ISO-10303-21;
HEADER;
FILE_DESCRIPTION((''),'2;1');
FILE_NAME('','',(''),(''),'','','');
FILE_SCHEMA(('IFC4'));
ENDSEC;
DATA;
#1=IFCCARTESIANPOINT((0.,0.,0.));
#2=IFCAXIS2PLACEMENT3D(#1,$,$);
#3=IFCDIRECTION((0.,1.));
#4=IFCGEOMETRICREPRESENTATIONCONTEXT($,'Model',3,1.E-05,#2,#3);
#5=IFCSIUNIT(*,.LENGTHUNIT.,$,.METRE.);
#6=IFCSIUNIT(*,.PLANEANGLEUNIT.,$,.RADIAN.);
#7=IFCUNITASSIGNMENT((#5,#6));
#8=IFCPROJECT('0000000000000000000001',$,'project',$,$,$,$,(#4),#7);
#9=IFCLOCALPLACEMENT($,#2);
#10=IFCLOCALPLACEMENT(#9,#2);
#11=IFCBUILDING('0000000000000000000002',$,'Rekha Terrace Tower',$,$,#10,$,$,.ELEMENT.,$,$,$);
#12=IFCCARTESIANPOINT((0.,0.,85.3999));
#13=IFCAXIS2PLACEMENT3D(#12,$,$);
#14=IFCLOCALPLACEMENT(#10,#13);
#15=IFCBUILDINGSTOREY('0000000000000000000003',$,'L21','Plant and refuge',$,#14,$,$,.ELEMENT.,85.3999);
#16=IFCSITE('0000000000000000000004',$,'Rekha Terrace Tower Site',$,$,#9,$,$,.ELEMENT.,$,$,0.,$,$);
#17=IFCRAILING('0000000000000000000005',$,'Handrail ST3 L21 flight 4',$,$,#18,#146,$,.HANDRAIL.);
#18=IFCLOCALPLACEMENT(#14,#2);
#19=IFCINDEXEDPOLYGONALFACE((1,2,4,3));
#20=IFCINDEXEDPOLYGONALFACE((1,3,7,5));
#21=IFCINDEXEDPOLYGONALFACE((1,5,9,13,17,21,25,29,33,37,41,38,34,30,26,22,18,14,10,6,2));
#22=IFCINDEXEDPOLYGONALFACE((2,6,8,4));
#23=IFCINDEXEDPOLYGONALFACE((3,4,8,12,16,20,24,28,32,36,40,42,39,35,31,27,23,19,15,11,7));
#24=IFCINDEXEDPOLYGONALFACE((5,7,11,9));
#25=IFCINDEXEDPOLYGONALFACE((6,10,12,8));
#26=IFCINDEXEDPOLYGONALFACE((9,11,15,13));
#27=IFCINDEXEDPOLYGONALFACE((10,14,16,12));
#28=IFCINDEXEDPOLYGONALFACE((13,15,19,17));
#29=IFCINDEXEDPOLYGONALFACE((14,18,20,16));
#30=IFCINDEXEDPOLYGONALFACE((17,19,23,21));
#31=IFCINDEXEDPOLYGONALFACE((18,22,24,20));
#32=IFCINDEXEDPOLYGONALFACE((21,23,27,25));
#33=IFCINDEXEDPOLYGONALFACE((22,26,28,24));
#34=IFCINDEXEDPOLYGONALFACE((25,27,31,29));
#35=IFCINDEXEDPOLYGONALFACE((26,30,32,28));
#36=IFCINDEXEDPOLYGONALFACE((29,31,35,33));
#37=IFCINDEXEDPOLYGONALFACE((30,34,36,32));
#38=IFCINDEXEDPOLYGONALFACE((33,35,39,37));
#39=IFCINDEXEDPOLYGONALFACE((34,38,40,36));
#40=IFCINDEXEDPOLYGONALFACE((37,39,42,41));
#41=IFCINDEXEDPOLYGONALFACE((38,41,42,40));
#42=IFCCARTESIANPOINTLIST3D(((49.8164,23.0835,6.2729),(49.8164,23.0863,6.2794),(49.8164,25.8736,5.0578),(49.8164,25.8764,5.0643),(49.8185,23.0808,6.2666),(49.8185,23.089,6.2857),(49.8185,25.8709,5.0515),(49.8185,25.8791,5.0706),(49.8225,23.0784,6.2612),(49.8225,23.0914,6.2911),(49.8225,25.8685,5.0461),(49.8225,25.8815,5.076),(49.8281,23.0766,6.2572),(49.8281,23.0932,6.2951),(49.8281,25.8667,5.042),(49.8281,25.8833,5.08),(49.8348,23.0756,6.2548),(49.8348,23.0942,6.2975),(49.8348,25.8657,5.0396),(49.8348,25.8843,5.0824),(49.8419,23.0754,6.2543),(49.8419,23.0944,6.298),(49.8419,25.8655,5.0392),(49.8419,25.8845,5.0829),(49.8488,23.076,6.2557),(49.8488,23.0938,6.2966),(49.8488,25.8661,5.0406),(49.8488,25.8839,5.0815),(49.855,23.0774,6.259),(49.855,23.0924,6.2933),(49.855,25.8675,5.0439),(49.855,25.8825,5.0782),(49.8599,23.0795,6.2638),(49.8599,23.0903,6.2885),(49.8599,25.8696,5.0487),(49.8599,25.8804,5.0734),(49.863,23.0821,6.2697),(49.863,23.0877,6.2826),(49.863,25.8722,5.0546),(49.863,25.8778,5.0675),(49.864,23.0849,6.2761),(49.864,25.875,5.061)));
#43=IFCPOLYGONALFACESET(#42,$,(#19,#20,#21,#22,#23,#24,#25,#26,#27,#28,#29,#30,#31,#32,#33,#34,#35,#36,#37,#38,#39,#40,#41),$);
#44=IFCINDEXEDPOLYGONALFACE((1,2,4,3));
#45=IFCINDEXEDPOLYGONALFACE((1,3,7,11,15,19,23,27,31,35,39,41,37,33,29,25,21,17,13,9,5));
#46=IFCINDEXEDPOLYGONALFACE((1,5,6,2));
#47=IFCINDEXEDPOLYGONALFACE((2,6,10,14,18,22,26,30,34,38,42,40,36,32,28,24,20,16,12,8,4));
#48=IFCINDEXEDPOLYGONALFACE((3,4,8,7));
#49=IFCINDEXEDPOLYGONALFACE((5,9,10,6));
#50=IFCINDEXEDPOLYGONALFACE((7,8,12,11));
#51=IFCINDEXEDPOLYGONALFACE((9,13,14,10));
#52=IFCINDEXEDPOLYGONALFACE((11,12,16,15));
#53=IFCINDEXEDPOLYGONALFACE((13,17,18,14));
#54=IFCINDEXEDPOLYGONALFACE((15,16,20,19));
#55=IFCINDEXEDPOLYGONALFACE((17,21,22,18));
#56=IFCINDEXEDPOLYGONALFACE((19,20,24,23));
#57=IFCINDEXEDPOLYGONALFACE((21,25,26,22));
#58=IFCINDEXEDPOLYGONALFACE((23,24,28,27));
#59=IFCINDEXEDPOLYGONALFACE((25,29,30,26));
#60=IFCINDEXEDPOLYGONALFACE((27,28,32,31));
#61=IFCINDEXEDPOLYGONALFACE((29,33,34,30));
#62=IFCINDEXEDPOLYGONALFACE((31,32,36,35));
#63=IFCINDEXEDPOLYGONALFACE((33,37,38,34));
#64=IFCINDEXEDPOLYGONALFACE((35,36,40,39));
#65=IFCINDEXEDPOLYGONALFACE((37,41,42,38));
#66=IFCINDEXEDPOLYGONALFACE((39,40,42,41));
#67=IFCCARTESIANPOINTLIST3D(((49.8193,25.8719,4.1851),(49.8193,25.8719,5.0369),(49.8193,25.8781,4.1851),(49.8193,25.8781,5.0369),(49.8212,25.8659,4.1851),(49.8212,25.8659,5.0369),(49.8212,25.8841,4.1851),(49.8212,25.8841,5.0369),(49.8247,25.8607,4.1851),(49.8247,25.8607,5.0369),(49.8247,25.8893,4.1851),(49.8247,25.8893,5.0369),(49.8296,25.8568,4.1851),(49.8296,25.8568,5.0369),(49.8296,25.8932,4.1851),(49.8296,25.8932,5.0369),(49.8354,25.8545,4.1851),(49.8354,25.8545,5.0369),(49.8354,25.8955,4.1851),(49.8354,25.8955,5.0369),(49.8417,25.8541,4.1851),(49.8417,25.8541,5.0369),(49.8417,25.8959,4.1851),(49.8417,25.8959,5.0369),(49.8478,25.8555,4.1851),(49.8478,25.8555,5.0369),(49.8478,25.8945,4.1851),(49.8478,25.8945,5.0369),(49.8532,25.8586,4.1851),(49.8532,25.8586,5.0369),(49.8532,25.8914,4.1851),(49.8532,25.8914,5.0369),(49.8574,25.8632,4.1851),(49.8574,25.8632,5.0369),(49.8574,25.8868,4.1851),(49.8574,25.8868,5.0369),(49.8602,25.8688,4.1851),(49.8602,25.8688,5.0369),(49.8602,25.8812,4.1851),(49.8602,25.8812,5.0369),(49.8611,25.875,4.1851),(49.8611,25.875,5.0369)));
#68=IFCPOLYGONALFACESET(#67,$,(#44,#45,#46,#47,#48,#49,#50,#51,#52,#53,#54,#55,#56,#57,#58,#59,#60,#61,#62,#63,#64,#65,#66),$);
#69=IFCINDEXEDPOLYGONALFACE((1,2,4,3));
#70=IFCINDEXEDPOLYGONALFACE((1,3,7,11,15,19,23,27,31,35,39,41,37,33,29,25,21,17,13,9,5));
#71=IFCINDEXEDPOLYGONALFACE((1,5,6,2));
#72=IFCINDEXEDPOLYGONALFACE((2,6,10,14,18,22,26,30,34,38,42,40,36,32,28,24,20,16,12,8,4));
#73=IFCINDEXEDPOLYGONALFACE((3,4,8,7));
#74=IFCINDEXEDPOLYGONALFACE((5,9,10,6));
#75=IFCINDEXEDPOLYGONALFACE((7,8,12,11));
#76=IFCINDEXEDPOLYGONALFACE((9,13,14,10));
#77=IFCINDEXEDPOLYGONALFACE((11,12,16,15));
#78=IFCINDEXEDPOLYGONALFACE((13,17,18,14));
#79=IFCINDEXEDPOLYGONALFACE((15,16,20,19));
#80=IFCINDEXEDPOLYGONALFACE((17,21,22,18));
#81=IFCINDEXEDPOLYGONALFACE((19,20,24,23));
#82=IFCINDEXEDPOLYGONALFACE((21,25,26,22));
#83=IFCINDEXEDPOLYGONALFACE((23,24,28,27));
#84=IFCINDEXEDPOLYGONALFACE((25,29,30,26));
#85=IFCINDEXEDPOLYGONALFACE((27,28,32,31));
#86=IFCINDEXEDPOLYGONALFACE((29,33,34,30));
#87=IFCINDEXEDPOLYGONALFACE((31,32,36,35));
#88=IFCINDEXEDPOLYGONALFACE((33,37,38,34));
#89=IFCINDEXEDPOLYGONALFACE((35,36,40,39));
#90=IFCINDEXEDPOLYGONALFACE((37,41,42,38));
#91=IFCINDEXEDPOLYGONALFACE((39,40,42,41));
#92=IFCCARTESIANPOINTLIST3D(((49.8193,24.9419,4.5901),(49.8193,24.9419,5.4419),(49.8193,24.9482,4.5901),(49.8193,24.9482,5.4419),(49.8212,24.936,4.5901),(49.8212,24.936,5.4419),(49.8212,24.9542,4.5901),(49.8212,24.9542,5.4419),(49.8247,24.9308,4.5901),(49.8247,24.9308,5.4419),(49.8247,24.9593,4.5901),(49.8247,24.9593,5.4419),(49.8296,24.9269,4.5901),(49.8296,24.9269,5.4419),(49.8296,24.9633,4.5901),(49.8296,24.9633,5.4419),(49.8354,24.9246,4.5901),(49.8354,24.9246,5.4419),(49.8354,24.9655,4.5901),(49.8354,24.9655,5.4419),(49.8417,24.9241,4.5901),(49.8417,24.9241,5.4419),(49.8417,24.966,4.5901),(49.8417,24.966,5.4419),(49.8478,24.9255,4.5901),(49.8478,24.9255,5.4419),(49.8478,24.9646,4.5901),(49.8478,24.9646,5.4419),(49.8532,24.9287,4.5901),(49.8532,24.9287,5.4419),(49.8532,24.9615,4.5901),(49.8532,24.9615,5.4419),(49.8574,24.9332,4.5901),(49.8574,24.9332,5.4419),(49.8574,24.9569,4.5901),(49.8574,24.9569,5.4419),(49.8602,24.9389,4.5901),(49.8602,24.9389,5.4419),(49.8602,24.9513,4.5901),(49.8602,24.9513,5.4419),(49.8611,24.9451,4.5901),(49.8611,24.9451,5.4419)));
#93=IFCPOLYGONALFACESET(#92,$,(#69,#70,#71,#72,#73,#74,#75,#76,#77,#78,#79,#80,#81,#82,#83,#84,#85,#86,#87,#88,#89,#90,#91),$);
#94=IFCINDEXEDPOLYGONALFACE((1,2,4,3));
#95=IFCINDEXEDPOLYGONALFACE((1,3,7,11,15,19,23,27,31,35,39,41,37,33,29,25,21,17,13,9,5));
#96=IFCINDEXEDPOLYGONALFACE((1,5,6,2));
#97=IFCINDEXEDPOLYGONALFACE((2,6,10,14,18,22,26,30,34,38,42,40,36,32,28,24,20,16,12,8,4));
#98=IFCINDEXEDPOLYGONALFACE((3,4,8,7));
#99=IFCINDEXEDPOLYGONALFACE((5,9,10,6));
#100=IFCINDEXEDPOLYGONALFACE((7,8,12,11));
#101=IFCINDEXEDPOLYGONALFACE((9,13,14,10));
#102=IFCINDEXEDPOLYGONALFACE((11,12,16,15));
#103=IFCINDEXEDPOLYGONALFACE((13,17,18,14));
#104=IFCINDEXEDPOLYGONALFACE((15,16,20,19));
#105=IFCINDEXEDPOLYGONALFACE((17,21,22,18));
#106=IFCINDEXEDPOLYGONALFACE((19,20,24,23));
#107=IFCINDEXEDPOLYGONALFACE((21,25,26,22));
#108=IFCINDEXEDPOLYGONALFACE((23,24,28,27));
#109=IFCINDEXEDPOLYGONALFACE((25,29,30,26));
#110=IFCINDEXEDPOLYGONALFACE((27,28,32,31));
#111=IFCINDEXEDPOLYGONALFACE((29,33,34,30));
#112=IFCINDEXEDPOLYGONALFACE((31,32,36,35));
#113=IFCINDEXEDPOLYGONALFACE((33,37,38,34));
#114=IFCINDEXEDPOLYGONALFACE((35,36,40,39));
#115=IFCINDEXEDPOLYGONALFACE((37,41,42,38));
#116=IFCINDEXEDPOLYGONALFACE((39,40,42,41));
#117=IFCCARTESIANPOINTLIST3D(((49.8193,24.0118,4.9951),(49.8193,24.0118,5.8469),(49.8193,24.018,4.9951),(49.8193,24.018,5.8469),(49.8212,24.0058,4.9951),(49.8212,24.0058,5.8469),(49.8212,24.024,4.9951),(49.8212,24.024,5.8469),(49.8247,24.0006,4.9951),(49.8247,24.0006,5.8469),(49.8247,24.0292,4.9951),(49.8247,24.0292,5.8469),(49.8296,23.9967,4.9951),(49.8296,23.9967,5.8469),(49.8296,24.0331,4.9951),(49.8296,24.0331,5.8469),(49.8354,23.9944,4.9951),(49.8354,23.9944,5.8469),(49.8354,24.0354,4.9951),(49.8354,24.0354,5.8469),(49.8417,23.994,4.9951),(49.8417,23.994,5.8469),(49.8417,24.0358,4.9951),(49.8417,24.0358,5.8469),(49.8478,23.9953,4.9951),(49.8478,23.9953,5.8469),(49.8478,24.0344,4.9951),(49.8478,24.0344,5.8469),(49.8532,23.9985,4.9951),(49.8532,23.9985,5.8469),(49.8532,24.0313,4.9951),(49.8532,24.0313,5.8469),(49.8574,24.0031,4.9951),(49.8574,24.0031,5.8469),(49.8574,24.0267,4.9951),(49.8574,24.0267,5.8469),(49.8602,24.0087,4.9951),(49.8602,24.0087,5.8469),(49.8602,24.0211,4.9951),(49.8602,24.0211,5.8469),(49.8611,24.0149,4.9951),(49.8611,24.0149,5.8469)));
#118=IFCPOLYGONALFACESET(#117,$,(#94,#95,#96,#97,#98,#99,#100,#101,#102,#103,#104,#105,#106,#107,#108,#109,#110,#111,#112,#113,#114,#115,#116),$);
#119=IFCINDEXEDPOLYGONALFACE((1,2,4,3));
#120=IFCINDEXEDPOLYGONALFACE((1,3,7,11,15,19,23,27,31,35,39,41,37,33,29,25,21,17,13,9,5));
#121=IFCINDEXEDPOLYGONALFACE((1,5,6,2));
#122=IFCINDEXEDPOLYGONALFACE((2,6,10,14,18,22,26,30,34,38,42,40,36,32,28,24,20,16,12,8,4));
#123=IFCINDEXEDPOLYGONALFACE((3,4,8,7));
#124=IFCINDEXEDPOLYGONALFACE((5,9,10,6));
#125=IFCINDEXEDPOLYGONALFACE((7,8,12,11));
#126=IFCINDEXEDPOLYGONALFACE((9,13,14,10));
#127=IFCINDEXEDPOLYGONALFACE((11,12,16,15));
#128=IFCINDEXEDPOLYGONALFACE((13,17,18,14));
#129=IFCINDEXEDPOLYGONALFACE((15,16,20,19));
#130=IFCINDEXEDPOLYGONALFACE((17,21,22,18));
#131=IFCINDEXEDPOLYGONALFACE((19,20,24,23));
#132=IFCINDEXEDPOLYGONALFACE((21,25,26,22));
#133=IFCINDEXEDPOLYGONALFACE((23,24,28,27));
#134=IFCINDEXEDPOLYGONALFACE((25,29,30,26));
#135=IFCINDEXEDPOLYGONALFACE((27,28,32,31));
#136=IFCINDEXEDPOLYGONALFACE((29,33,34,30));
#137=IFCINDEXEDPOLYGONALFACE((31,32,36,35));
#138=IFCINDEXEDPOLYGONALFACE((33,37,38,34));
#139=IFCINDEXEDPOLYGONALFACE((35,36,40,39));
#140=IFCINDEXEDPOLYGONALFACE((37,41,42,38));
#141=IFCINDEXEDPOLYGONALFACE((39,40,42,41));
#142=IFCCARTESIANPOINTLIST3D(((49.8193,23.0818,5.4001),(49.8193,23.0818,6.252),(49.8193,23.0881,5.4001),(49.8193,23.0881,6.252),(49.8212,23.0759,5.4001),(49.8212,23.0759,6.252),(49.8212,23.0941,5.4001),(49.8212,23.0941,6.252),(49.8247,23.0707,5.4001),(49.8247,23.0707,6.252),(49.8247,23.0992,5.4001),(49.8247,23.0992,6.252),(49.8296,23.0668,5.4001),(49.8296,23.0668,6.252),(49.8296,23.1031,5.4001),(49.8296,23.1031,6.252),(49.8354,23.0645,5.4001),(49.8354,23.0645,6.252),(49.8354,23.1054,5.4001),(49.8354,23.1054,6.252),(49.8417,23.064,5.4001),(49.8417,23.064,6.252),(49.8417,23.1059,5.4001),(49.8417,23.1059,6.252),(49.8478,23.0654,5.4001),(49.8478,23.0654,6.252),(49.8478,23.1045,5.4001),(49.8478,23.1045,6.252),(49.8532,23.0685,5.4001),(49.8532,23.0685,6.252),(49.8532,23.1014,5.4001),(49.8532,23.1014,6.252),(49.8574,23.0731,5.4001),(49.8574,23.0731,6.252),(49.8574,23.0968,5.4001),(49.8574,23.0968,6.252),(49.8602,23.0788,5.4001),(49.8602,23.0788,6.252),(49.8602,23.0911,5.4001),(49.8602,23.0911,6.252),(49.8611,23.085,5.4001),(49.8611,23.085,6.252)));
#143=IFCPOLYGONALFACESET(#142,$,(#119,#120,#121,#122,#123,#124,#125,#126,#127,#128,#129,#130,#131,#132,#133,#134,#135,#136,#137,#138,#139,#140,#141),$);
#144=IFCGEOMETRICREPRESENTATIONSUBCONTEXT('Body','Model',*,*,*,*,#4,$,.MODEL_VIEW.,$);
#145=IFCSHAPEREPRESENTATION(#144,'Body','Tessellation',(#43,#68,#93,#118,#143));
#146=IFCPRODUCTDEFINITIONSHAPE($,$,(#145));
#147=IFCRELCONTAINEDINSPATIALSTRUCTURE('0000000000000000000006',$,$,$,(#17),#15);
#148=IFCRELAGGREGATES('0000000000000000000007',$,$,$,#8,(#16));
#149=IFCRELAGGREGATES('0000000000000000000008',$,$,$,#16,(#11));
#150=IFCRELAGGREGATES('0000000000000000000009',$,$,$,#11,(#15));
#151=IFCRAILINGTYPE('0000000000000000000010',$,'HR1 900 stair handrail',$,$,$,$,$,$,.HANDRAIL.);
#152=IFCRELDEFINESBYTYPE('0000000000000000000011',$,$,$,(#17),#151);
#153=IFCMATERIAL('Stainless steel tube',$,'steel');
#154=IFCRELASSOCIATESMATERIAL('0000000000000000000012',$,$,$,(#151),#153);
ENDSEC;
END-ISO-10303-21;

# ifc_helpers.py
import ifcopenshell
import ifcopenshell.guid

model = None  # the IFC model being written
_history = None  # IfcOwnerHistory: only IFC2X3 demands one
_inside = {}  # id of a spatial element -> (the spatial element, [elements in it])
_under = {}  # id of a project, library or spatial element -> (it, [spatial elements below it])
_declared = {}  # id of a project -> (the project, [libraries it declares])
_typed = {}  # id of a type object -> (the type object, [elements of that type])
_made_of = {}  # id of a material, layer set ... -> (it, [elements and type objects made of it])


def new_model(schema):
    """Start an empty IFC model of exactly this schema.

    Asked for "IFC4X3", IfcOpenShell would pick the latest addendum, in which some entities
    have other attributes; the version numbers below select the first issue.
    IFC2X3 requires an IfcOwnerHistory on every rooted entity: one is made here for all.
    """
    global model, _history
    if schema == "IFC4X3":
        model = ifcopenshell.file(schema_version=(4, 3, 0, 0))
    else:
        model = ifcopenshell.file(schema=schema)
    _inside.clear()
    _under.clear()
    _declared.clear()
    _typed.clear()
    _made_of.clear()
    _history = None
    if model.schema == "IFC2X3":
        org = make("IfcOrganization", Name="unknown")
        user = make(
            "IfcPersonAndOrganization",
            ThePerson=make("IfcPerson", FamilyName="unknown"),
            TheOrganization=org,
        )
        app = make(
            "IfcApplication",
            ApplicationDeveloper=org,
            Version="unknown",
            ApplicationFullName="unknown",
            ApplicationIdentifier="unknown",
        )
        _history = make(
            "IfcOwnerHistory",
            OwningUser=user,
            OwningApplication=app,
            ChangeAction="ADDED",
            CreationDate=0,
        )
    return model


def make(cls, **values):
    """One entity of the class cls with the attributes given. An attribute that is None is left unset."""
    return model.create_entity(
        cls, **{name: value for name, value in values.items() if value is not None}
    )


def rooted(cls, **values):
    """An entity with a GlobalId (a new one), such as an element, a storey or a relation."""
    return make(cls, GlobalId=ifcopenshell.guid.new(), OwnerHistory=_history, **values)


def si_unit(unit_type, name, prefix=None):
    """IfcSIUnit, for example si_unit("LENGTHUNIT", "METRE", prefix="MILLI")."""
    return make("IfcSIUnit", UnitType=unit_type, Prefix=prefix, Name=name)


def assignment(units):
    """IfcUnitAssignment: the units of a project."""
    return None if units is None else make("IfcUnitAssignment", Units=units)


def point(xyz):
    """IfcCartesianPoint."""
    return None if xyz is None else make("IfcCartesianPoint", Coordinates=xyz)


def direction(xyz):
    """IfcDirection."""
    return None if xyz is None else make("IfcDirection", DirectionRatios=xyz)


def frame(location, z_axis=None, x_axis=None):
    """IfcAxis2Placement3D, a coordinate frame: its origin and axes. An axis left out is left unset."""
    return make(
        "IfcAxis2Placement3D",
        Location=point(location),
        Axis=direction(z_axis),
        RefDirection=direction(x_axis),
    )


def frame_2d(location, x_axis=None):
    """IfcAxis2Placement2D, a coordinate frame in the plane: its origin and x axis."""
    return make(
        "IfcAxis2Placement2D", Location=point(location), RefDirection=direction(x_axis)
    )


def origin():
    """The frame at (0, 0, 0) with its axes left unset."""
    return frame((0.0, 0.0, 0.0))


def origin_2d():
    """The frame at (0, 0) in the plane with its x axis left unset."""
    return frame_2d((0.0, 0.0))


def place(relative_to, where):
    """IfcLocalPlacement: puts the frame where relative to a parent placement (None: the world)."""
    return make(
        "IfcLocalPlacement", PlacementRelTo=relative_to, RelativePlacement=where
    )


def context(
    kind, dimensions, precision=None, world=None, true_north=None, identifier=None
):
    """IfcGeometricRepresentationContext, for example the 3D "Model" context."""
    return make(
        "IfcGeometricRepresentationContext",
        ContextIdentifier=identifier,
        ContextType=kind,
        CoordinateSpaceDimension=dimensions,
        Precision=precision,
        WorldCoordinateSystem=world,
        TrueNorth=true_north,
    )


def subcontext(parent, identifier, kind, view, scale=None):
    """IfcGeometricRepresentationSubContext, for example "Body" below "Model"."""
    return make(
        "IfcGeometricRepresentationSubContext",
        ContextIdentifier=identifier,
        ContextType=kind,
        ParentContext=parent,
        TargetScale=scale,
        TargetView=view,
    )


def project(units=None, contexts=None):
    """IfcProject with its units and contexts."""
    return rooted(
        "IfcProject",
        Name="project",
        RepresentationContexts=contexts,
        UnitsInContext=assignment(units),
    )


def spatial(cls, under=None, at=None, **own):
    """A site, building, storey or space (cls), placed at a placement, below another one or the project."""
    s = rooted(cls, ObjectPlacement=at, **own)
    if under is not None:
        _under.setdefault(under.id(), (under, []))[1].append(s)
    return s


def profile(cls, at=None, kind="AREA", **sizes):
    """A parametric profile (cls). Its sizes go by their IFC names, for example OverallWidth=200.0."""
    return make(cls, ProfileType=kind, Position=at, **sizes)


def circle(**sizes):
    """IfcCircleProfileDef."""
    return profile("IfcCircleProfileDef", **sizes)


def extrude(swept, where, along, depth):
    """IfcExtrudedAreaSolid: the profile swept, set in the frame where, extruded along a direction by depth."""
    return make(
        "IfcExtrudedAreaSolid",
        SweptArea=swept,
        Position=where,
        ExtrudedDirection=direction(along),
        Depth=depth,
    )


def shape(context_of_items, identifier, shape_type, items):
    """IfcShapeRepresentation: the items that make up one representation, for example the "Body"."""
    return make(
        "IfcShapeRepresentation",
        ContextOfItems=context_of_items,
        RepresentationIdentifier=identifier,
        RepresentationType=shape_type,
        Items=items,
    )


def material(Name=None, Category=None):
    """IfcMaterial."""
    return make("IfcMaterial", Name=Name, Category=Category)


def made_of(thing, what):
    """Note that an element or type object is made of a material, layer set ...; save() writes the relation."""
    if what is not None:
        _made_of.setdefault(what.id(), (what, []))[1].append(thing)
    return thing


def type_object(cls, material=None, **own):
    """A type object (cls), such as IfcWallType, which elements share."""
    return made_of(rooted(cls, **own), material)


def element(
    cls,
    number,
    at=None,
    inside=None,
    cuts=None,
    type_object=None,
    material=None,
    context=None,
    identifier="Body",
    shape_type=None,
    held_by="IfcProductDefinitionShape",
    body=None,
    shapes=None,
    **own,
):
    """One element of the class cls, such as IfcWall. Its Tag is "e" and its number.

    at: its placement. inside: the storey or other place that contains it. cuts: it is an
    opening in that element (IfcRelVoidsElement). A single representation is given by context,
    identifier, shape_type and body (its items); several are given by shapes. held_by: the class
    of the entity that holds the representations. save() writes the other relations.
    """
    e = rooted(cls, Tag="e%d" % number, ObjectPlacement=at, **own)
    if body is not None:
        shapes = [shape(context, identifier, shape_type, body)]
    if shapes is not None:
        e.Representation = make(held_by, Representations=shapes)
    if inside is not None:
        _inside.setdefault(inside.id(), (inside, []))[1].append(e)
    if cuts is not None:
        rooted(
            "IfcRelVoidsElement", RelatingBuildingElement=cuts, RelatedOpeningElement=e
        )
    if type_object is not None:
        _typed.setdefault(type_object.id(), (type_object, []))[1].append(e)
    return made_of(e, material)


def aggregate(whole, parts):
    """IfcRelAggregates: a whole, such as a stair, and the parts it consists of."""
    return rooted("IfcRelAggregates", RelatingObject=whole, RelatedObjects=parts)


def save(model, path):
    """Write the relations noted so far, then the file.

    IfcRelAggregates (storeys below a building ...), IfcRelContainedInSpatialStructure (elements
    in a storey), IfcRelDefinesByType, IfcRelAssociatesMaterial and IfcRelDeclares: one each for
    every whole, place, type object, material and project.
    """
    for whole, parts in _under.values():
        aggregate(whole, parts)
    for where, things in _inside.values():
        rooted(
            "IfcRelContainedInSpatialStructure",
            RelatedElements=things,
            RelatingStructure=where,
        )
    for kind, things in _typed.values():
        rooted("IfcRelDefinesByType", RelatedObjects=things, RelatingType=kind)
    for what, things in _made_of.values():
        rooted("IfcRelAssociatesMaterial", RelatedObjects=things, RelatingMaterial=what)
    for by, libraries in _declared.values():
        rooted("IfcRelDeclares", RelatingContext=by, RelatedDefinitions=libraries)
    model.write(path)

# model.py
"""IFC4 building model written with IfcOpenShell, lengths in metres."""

from ifc_helpers import new_model, si_unit, direction, frame, origin, origin_2d, place, context, subcontext, project, spatial, circle, extrude, material, type_object, element, save


model = new_model("IFC4")

# Units and contexts
model_context = context("Model", 3, precision=1e-05, world=origin(), true_north=direction((0.0, 1.0)))
body_context = subcontext(model_context, "Body", "Model", "MODEL_VIEW")
ifc_project = project(units=[si_unit("LENGTHUNIT", "METRE"), si_unit("PLANEANGLEUNIT", "RADIAN")], contexts=[model_context])

# Site, building, storey
site_placement = place(None, origin())
site = spatial("IfcSite", under=ifc_project, at=site_placement, Name="Rekha Terrace Tower Site", CompositionType="ELEMENT", RefElevation=0.0)
building_placement = place(site_placement, origin())
building = spatial("IfcBuilding", under=site, at=building_placement, Name="Rekha Terrace Tower", CompositionType="ELEMENT")
storey_placement = place(building_placement, frame((0.0, 0.0, 85.3999)))
storey = spatial("IfcBuildingStorey", under=building, at=storey_placement, Name="L21", Description="Plant and refuge", CompositionType="ELEMENT", Elevation=85.3999)

# Railing
ifc_material_1 = material(Name="Stainless steel tube", Category="steel")
railing_type_1 = type_object("IfcRailingType", Name="HR1 900 stair handrail", PredefinedType="HANDRAIL", material=ifc_material_1)
railing_1_placement = place(storey_placement, frame((49.8401, 25.875, 4.1851)))
element("IfcRailing", 1, at=railing_1_placement, inside=storey, type_object=railing_type_1, Name="Handrail ST3 L21 flight 4", PredefinedType="HANDRAIL", context=body_context, shape_type="SweptSolid", body=[
    extrude(circle(Radius=0.0239, at=origin_2d()), frame((0.0, 0.0, 0.876), z_axis=(0.0, -0.916826, 0.399286), x_axis=(1.0, 0.0, 0.0)), (0.0, 0.0, 1.0), 3.0432),
    extrude(circle(Radius=0.021, at=origin_2d()), origin(), (0.0, 0.0, 1.0), 0.8518),
    extrude(circle(Radius=0.021, at=origin_2d()), frame((0.0, -0.9299, 0.405)), (0.0, 0.0, 1.0), 0.8518),
    extrude(circle(Radius=0.021, at=origin_2d()), frame((0.0, -1.8601, 0.8101)), (0.0, 0.0, 1.0), 0.8518),
    extrude(circle(Radius=0.021, at=origin_2d()), frame((0.0, -2.79, 1.2151)), (0.0, 0.0, 1.0), 0.8518),
])

save(model, "model.ifc")
